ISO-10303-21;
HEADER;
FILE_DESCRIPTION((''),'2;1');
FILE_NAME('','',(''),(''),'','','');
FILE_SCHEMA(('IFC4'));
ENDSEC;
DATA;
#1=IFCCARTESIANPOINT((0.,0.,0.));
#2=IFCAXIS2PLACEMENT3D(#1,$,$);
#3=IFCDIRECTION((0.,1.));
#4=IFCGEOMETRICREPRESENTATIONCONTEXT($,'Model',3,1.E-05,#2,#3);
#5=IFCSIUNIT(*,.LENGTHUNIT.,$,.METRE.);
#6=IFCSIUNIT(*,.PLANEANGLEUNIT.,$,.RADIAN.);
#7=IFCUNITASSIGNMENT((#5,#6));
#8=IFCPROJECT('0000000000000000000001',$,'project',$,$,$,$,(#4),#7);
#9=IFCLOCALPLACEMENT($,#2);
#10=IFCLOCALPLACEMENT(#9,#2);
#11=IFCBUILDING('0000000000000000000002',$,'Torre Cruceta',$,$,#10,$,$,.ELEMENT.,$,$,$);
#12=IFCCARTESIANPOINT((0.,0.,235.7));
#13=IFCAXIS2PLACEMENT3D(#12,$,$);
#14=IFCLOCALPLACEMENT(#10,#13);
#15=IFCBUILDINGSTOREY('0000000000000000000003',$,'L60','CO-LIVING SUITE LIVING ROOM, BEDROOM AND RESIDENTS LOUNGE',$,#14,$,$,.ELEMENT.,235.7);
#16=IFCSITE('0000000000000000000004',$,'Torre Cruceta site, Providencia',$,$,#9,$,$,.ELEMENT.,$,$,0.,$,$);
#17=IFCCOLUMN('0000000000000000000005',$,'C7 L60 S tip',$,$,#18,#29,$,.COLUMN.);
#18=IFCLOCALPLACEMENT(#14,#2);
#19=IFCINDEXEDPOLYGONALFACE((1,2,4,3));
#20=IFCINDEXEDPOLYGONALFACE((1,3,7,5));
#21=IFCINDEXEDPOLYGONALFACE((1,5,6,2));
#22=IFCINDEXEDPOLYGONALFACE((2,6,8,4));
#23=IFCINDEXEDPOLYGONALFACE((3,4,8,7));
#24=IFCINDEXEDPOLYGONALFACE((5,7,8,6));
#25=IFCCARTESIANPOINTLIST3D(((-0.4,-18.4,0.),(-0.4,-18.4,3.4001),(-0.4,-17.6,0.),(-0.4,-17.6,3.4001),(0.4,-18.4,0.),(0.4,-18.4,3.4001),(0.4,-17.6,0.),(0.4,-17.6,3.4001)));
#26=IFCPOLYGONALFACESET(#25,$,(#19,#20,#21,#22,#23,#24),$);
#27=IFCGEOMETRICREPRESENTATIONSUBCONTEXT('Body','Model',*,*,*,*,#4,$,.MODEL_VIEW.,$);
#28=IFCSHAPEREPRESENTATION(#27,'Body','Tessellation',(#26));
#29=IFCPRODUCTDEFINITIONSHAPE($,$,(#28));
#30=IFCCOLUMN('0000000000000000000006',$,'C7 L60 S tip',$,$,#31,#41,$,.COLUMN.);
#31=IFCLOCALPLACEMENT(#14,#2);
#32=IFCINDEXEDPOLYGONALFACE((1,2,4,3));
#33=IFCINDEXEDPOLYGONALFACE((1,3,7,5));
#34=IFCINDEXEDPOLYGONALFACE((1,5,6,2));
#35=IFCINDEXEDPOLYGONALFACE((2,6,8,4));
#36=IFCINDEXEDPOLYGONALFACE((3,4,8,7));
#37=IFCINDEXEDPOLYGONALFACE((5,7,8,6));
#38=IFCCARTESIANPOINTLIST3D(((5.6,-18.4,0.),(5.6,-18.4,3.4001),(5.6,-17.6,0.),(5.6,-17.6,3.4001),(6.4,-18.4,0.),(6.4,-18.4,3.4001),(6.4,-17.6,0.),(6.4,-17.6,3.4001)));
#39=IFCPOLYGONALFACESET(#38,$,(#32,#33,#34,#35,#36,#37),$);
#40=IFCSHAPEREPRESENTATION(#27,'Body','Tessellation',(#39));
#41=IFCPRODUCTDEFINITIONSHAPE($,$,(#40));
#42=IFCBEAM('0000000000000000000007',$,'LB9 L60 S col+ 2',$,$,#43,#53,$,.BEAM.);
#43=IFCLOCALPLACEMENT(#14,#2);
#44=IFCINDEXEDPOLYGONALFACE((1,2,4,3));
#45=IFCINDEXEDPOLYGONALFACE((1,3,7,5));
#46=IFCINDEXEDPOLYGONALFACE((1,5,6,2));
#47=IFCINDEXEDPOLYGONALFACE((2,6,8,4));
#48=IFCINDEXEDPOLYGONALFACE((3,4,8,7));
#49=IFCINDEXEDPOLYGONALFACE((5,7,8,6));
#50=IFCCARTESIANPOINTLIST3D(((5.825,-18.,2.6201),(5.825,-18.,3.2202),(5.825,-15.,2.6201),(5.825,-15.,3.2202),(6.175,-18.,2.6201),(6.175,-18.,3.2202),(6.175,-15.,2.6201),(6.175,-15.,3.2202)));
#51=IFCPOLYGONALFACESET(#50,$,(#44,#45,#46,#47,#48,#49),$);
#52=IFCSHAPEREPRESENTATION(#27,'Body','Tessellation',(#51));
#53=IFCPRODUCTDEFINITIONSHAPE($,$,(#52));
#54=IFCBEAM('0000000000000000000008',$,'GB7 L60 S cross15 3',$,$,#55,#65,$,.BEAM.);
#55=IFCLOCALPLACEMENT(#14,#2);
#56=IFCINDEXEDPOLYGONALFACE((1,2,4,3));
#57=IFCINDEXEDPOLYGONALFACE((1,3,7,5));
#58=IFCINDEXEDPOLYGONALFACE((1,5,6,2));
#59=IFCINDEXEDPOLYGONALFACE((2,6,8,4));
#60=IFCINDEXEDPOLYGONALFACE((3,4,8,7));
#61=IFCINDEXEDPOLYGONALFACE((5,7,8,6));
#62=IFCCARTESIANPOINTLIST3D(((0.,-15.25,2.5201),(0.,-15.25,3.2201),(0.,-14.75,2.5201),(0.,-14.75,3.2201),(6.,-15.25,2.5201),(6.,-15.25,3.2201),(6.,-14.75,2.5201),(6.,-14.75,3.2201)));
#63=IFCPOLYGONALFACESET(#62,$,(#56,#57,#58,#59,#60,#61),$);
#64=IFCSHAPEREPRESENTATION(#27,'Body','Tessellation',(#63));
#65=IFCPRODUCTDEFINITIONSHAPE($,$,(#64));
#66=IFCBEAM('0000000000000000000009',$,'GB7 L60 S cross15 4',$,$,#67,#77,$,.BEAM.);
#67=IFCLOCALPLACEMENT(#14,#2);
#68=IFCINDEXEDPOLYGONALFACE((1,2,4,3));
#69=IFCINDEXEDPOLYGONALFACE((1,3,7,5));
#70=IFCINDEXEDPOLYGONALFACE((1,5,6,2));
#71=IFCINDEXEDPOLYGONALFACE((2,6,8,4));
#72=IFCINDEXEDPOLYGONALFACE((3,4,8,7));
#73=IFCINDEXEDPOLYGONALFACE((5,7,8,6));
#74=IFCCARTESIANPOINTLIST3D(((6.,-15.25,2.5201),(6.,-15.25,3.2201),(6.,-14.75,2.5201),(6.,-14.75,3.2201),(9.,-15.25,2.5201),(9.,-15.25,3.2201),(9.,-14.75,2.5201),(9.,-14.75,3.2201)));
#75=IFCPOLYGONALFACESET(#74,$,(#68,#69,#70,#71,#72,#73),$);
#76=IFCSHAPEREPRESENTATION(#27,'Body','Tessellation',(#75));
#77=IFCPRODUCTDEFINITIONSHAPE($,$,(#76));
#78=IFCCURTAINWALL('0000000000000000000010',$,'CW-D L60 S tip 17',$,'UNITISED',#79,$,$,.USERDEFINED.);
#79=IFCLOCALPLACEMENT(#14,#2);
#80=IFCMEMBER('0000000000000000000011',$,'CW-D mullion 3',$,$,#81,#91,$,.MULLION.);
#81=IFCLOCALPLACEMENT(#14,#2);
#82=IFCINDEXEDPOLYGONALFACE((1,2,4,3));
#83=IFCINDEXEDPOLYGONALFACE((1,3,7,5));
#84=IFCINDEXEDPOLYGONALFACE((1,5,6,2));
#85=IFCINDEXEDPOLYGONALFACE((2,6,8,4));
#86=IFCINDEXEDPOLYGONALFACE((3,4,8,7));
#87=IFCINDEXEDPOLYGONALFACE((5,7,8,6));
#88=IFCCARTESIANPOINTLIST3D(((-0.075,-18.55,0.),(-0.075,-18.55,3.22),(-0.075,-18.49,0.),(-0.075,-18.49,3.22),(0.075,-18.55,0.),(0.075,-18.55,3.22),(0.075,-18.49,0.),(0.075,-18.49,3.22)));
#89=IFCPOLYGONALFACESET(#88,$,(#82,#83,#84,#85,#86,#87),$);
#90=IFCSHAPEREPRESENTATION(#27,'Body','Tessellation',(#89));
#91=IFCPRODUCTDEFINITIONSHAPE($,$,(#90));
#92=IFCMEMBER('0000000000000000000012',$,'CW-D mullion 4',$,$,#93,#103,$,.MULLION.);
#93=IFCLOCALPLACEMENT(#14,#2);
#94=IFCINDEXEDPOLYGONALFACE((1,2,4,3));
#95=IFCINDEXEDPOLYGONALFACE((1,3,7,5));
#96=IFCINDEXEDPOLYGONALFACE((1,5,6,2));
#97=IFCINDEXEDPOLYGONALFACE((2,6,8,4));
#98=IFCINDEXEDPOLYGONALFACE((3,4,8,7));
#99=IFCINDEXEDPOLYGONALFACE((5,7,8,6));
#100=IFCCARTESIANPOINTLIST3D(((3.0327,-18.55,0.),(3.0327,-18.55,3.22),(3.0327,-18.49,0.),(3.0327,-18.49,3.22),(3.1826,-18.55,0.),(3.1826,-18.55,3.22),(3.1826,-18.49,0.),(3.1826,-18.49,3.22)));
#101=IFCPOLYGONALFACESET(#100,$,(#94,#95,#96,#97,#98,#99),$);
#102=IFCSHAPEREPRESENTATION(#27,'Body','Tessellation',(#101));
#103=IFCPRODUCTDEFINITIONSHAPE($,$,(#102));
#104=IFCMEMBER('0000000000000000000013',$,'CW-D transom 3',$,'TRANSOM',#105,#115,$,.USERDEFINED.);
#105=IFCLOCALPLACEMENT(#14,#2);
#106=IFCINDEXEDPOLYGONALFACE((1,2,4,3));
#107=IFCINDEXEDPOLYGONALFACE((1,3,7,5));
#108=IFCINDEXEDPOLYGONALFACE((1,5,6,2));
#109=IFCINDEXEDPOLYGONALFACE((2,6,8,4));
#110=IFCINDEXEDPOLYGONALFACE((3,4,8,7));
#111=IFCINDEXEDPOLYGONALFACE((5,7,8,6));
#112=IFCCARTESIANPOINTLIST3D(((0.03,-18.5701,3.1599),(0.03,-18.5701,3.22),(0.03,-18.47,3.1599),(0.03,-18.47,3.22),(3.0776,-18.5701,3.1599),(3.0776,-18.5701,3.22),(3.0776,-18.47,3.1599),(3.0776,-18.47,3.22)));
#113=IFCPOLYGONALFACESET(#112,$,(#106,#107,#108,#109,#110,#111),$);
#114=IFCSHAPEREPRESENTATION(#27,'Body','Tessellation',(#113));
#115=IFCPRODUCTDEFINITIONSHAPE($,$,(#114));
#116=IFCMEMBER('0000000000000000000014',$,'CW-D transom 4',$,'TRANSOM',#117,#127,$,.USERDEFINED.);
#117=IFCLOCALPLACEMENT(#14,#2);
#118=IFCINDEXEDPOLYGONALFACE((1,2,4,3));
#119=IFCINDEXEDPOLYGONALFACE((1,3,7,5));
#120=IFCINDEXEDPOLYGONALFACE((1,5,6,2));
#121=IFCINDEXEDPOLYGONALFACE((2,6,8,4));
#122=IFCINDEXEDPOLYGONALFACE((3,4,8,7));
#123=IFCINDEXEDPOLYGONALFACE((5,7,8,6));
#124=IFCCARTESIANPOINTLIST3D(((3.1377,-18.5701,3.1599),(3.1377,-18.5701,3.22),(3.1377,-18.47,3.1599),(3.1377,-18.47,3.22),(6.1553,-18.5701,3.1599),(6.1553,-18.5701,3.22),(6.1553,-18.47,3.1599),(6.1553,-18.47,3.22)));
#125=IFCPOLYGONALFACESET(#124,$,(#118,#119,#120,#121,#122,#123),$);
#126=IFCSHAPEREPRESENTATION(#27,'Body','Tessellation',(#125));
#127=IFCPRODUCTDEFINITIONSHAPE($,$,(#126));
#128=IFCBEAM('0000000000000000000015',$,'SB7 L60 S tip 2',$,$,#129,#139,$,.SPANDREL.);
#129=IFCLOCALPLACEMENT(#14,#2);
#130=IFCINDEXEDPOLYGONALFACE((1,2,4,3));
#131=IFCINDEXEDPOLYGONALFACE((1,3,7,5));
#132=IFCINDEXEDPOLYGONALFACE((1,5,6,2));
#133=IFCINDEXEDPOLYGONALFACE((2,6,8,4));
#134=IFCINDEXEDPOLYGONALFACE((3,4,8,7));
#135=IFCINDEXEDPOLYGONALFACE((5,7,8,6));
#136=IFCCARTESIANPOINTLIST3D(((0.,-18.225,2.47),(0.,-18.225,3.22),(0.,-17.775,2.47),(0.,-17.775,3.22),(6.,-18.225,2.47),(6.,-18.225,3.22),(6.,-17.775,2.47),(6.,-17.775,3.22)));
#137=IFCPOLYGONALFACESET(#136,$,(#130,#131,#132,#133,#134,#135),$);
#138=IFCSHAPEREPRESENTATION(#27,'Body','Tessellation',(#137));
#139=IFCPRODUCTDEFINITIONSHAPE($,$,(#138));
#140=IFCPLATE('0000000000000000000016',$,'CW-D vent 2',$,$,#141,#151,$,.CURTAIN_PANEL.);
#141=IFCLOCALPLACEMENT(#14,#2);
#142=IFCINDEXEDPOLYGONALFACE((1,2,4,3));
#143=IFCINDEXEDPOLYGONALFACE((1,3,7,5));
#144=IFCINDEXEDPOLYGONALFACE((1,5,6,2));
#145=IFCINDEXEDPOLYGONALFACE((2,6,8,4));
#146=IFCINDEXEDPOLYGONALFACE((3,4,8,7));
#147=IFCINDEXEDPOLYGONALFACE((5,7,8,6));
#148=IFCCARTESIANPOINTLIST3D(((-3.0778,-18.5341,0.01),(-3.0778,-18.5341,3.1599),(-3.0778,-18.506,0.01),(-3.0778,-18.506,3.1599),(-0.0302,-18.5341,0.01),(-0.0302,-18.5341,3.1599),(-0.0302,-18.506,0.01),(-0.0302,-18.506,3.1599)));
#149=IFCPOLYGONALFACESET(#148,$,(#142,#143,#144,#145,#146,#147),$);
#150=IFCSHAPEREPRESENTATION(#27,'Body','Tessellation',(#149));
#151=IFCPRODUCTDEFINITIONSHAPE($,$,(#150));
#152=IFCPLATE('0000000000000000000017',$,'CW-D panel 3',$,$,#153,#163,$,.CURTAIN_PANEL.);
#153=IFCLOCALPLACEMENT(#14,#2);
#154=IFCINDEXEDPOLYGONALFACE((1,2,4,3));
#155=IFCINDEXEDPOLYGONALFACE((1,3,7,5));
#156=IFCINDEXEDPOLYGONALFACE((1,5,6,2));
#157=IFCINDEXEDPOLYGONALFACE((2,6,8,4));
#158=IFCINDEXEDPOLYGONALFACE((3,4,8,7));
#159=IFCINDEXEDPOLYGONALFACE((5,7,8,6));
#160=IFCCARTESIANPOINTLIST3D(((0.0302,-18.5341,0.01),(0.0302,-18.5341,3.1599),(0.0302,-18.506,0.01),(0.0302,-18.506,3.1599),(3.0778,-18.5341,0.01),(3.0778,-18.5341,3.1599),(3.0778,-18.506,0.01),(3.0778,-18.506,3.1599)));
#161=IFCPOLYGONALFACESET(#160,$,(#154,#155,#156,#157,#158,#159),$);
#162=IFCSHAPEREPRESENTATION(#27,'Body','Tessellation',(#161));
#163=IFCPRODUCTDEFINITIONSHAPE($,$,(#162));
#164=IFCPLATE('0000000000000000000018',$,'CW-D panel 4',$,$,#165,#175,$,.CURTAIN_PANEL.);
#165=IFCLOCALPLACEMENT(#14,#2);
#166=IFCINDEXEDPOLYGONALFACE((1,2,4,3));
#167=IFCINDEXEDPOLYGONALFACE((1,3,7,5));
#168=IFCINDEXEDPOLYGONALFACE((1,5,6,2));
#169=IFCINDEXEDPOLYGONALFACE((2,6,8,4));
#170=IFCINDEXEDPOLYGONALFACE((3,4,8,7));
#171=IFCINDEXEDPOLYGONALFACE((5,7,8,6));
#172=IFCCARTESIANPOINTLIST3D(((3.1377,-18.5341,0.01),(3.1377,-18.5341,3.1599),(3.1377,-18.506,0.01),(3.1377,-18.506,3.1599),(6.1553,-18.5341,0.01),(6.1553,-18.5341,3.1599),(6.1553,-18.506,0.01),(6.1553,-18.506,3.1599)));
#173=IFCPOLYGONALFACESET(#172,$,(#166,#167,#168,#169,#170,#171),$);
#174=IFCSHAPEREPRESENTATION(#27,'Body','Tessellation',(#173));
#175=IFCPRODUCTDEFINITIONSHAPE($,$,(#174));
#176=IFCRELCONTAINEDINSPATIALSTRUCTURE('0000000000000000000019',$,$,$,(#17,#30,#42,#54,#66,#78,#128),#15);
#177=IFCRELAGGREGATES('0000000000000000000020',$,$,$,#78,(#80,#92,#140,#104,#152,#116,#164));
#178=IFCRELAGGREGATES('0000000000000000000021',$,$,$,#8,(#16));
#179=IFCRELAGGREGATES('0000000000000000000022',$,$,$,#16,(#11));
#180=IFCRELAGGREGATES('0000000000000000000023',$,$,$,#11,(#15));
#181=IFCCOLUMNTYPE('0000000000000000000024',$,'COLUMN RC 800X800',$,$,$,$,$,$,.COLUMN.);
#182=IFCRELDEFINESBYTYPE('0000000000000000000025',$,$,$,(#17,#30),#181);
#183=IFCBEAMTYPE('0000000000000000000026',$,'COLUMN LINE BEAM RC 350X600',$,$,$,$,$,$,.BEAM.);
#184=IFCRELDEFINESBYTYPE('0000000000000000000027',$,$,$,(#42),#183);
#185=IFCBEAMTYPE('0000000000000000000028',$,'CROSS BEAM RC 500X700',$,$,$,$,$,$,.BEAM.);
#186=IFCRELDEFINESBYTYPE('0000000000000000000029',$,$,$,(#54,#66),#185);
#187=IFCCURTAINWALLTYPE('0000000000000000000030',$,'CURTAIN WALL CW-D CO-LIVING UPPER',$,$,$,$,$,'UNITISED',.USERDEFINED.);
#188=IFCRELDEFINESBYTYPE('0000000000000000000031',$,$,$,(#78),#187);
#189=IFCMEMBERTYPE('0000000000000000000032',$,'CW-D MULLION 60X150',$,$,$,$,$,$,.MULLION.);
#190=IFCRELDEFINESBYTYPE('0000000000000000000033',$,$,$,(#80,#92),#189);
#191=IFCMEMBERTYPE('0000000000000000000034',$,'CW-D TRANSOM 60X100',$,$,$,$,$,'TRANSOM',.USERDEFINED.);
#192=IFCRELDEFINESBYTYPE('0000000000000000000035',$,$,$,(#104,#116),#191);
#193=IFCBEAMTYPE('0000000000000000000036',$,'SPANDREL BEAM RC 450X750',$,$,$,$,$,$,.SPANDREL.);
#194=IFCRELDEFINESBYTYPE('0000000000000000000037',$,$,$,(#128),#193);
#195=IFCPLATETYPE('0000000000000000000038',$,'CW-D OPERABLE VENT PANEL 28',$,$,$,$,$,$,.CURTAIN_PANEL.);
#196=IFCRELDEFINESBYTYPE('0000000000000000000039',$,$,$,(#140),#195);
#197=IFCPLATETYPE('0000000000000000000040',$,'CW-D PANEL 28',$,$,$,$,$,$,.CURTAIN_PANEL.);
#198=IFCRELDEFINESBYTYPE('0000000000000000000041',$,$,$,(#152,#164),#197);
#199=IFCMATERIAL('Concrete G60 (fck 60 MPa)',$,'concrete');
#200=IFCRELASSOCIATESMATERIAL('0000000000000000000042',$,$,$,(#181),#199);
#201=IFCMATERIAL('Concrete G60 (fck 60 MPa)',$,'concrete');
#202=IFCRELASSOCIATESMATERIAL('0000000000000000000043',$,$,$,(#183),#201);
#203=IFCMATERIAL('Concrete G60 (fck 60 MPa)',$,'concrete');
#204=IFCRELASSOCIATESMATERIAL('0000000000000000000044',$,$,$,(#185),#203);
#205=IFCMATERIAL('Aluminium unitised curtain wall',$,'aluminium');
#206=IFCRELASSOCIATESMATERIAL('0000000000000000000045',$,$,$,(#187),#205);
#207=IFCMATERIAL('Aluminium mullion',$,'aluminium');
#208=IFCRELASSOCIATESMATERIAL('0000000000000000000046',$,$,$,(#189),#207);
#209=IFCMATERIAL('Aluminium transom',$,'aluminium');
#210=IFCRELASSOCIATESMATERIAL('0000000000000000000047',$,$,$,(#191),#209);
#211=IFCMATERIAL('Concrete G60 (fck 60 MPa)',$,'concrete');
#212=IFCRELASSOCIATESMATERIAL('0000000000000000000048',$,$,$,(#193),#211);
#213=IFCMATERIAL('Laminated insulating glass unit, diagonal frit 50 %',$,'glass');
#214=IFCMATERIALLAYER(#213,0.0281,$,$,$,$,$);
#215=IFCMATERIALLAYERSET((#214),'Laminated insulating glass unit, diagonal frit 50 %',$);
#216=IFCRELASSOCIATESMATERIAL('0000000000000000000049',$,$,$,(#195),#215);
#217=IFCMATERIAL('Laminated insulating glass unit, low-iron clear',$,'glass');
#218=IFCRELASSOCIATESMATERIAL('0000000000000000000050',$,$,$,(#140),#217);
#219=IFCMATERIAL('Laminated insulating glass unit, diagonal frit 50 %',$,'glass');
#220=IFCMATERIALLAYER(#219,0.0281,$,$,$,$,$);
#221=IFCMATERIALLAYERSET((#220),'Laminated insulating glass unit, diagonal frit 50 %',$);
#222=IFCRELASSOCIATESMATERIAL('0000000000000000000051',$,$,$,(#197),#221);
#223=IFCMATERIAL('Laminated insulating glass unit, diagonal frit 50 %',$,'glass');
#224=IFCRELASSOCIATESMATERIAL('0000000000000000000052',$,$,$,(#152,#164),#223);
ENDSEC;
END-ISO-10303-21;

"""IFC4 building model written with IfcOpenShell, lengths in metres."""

from ifc_helpers import new_model, si_unit, direction, frame, origin, origin_2d, place, context, subcontext, project, spatial, rectangle, extrude, material, layer, layer_set, material_profile, profile_set, type_object, element, aggregate, save


model = new_model("IFC4")

# Units and contexts
model_context = context("Model", 3, precision=1e-05, world=origin(), true_north=direction((0.0, 1.0)))
body_context = subcontext(model_context, "Body", "Model", "MODEL_VIEW")
ifc_project = project(units=[si_unit("LENGTHUNIT", "METRE"), si_unit("PLANEANGLEUNIT", "RADIAN")], contexts=[model_context])

# Site, building, storey
site_placement = place(None, origin())
site = spatial("IfcSite", under=ifc_project, at=site_placement, Name="Torre Cruceta site, Providencia", CompositionType="ELEMENT", RefElevation=0.0)
building_placement = place(site_placement, origin())
building = spatial("IfcBuilding", under=site, at=building_placement, Name="Torre Cruceta", CompositionType="ELEMENT")
storey_placement = place(building_placement, frame((0.0, 0.0, 235.7)))
storey = spatial("IfcBuildingStorey", under=building, at=storey_placement, Name="L60", Description="CO-LIVING SUITE LIVING ROOM, BEDROOM AND RESIDENTS LOUNGE", CompositionType="ELEMENT", Elevation=235.7)

# Columns
ifc_material_1 = material(Name="Concrete G60 (fck 60 MPa)", Category="concrete")
ifc_material_profile_1 = material_profile(ifc_material_1, rectangle(XDim=0.8, YDim=0.8, at=origin_2d()), Name="RC 800X800")
ifc_profile_set_1 = profile_set([ifc_material_profile_1], Name="Concrete G60 (fck 60 MPa)")
column_type = type_object("IfcColumnType", Name="COLUMN RC 800X800", PredefinedType="COLUMN", material=ifc_profile_set_1)
for number, where, z_axis, x_axis, name in (
    (1, (0.0, -18.0, 0.0), (0.0, 0.0, 1.0), (1.0, 0.0, 0.0), "C7 L60 S tip"),
    (2, (6.0, -18.0, 0.0), (0.0, 0.0, 1.0), (1.0, 0.0, 0.0), "C7 L60 S tip"),
):
    element("IfcColumn", number, at=place(storey_placement, frame(where, z_axis=z_axis, x_axis=x_axis)), inside=storey, type_object=column_type, Name=name, PredefinedType="COLUMN", context=body_context, shape_type="SweptSolid", body=[
        extrude(rectangle(XDim=0.8, YDim=0.8, at=origin_2d()), origin(), (0.0, 0.0, 1.0), 3.4001),
    ])

# Beams
ifc_material_2 = material(Name="Concrete G60 (fck 60 MPa)", Category="concrete")
ifc_material_profile_2 = material_profile(ifc_material_2, rectangle(XDim=0.3501, YDim=0.6001, at=origin_2d()), Name="RC 350X600")
ifc_profile_set_2 = profile_set([ifc_material_profile_2], Name="Concrete G60 (fck 60 MPa)")
beam_type_1 = type_object("IfcBeamType", Name="COLUMN LINE BEAM RC 350X600", PredefinedType="BEAM", material=ifc_profile_set_2)
beam_1_placement = place(storey_placement, frame((6.0, -15.0, 2.9202), z_axis=(0.0, -1.0, 0.0), x_axis=(1.0, 0.0, 0.0)))
element("IfcBeam", 3, at=beam_1_placement, inside=storey, type_object=beam_type_1, Name="LB9 L60 S col+ 2", PredefinedType="BEAM", context=body_context, shape_type="SweptSolid", body=[
    extrude(rectangle(XDim=0.3501, YDim=0.6001, at=origin_2d()), origin(), (0.0, 0.0, 1.0), 3.0),
])
ifc_material_3 = material(Name="Concrete G60 (fck 60 MPa)", Category="concrete")
ifc_material_profile_3 = material_profile(ifc_material_3, rectangle(XDim=0.5, YDim=0.7, at=origin_2d()), Name="RC 500X700")
ifc_profile_set_3 = profile_set([ifc_material_profile_3], Name="Concrete G60 (fck 60 MPa)")
beam_type_2 = type_object("IfcBeamType", Name="CROSS BEAM RC 500X700", PredefinedType="BEAM", material=ifc_profile_set_3)
beam_2_placement = place(storey_placement, frame((0.0, -15.0, 2.8701), z_axis=(1.0, 0.0, 0.0), x_axis=(0.0, 1.0, 0.0)))
element("IfcBeam", 4, at=beam_2_placement, inside=storey, type_object=beam_type_2, Name="GB7 L60 S cross15 3", PredefinedType="BEAM", context=body_context, shape_type="SweptSolid", body=[
    extrude(rectangle(XDim=0.5, YDim=0.7, at=origin_2d()), origin(), (0.0, 0.0, 1.0), 6.0),
])
beam_3_placement = place(storey_placement, frame((6.0, -15.0, 2.8701), z_axis=(1.0, 0.0, 0.0), x_axis=(0.0, 1.0, 0.0)))
element("IfcBeam", 5, at=beam_3_placement, inside=storey, type_object=beam_type_2, Name="GB7 L60 S cross15 4", PredefinedType="BEAM", context=body_context, shape_type="SweptSolid", body=[
    extrude(rectangle(XDim=0.5, YDim=0.7, at=origin_2d()), origin(), (0.0, 0.0, 1.0), 3.0),
])

# Curtain wall, members
ifc_material_4 = material(Name="Aluminium unitised curtain wall", Category="aluminium")
curtain_wall_type = type_object("IfcCurtainWallType", Name="CURTAIN WALL CW-D CO-LIVING UPPER", ElementType="UNITISED", PredefinedType="USERDEFINED", material=ifc_material_4)
curtain_wall_placement = place(storey_placement, origin())
curtain_wall = element("IfcCurtainWall", 6, at=curtain_wall_placement, inside=storey, type_object=curtain_wall_type, Name="CW-D L60 S tip 17", ObjectType="UNITISED", PredefinedType="USERDEFINED")
ifc_material_5 = material(Name="Aluminium mullion", Category="aluminium")
ifc_material_profile_4 = material_profile(ifc_material_5, rectangle(XDim=0.0601, YDim=0.1499, at=origin_2d()), Name="AL 60X150")
ifc_profile_set_4 = profile_set([ifc_material_profile_4], Name="Aluminium mullion")
member_type_1 = type_object("IfcMemberType", Name="CW-D MULLION 60X150", PredefinedType="MULLION", material=ifc_profile_set_4)
member_1_placement = place(storey_placement, frame((0.0, -18.52, 0.0), z_axis=(0.0, 0.0, 1.0), x_axis=(0.0, 1.0, 0.0)))
member_1 = element("IfcMember", 7, at=member_1_placement, type_object=member_type_1, Name="CW-D mullion 3", PredefinedType="MULLION", context=body_context, shape_type="SweptSolid", body=[
    extrude(rectangle(XDim=0.0601, YDim=0.1499, at=origin_2d()), origin(), (0.0, 0.0, 1.0), 3.22),
])
member_2_placement = place(storey_placement, frame((3.1077, -18.52, 0.0), z_axis=(0.0, 0.0, 1.0), x_axis=(0.0, 1.0, 0.0)))
member_2 = element("IfcMember", 8, at=member_2_placement, type_object=member_type_1, Name="CW-D mullion 4", PredefinedType="MULLION", context=body_context, shape_type="SweptSolid", body=[
    extrude(rectangle(XDim=0.0601, YDim=0.1499, at=origin_2d()), origin(), (0.0, 0.0, 1.0), 3.22),
])
ifc_material_6 = material(Name="Aluminium transom", Category="aluminium")
ifc_material_profile_5 = material_profile(ifc_material_6, rectangle(XDim=0.1001, YDim=0.0601, at=origin_2d()), Name="AL 100X60")
ifc_profile_set_5 = profile_set([ifc_material_profile_5], Name="Aluminium transom")
member_type_2 = type_object("IfcMemberType", Name="CW-D TRANSOM 60X100", ElementType="TRANSOM", PredefinedType="USERDEFINED", material=ifc_profile_set_5)
member_3_placement = place(storey_placement, frame((0.03, -18.52, 3.1899), z_axis=(1.0, 0.0, 0.0), x_axis=(0.0, 1.0, 0.0)))
member_3 = element("IfcMember", 9, at=member_3_placement, type_object=member_type_2, Name="CW-D transom 3", ObjectType="TRANSOM", PredefinedType="USERDEFINED", context=body_context, shape_type="SweptSolid", body=[
    extrude(rectangle(XDim=0.1001, YDim=0.0601, at=origin_2d()), origin(), (0.0, 0.0, 1.0), 3.0476),
])
member_4_placement = place(storey_placement, frame((3.1377, -18.52, 3.1899), z_axis=(1.0, 0.0, 0.0), x_axis=(0.0, 1.0, 0.0)))
member_4 = element("IfcMember", 10, at=member_4_placement, type_object=member_type_2, Name="CW-D transom 4", ObjectType="TRANSOM", PredefinedType="USERDEFINED", context=body_context, shape_type="SweptSolid", body=[
    extrude(rectangle(XDim=0.1001, YDim=0.0601, at=origin_2d()), origin(), (0.0, 0.0, 1.0), 3.0176),
])

# Beam
ifc_material_7 = material(Name="Concrete G60 (fck 60 MPa)", Category="concrete")
ifc_material_profile_6 = material_profile(ifc_material_7, rectangle(XDim=0.45, YDim=0.75, at=origin_2d()), Name="RC 450X750")
ifc_profile_set_6 = profile_set([ifc_material_profile_6], Name="Concrete G60 (fck 60 MPa)")
beam_type_3 = type_object("IfcBeamType", Name="SPANDREL BEAM RC 450X750", PredefinedType="SPANDREL", material=ifc_profile_set_6)
beam_4_placement = place(storey_placement, frame((0.0, -18.0, 2.845), z_axis=(1.0, 0.0, 0.0), x_axis=(0.0, 1.0, 0.0)))
element("IfcBeam", 11, at=beam_4_placement, inside=storey, type_object=beam_type_3, Name="SB7 L60 S tip 2", PredefinedType="SPANDREL", context=body_context, shape_type="SweptSolid", body=[
    extrude(rectangle(XDim=0.45, YDim=0.75, at=origin_2d()), origin(), (0.0, 0.0, 1.0), 6.0),
])

# Plates
ifc_material_8 = material(Name="Laminated insulating glass unit, low-iron clear", Category="glass")
ifc_material_9 = material(Name="Laminated insulating glass unit, diagonal frit 50 %", Category="glass")
ifc_layer_1 = layer(ifc_material_9, 0.0281)
ifc_layer_set_1 = layer_set([ifc_layer_1], Name="Laminated insulating glass unit, diagonal frit 50 %")
plate_type_1 = type_object("IfcPlateType", Name="CW-D OPERABLE VENT PANEL 28", PredefinedType="CURTAIN_PANEL", material=ifc_layer_set_1)
plate_1_placement = place(storey_placement, frame((-1.554, -18.52, 0.01), z_axis=(0.0, 0.0, 1.0), x_axis=(1.0, 0.0, 0.0)))
plate_1 = element("IfcPlate", 12, at=plate_1_placement, type_object=plate_type_1, material=ifc_material_8, Name="CW-D vent 2", PredefinedType="CURTAIN_PANEL", context=body_context, shape_type="SweptSolid", body=[
    extrude(rectangle(XDim=3.0476, YDim=0.0281, at=origin_2d()), origin(), (0.0, 0.0, 1.0), 3.1499),
])
ifc_material_10 = material(Name="Laminated insulating glass unit, diagonal frit 50 %", Category="glass")
ifc_material_11 = material(Name="Laminated insulating glass unit, diagonal frit 50 %", Category="glass")
ifc_layer_2 = layer(ifc_material_11, 0.0281)
ifc_layer_set_2 = layer_set([ifc_layer_2], Name="Laminated insulating glass unit, diagonal frit 50 %")
plate_type_2 = type_object("IfcPlateType", Name="CW-D PANEL 28", PredefinedType="CURTAIN_PANEL", material=ifc_layer_set_2)
plate_2_placement = place(storey_placement, frame((1.554, -18.52, 0.01), z_axis=(0.0, 0.0, 1.0), x_axis=(1.0, 0.0, 0.0)))
plate_2 = element("IfcPlate", 13, at=plate_2_placement, type_object=plate_type_2, material=ifc_material_10, Name="CW-D panel 3", PredefinedType="CURTAIN_PANEL", context=body_context, shape_type="SweptSolid", body=[
    extrude(rectangle(XDim=3.0476, YDim=0.0281, at=origin_2d()), origin(), (0.0, 0.0, 1.0), 3.1499),
])
plate_3_placement = place(storey_placement, frame((4.6465, -18.52, 0.01), z_axis=(0.0, 0.0, 1.0), x_axis=(1.0, 0.0, 0.0)))
plate_3 = element("IfcPlate", 14, at=plate_3_placement, type_object=plate_type_2, material=ifc_material_10, Name="CW-D panel 4", PredefinedType="CURTAIN_PANEL", context=body_context, shape_type="SweptSolid", body=[
    extrude(rectangle(XDim=3.0176, YDim=0.0281, at=origin_2d()), origin(), (0.0, 0.0, 1.0), 3.1499),
])
aggregate(curtain_wall, [member_1, member_2, plate_1, member_3, plate_2, member_4, plate_3])

save(model, "model.ifc")
